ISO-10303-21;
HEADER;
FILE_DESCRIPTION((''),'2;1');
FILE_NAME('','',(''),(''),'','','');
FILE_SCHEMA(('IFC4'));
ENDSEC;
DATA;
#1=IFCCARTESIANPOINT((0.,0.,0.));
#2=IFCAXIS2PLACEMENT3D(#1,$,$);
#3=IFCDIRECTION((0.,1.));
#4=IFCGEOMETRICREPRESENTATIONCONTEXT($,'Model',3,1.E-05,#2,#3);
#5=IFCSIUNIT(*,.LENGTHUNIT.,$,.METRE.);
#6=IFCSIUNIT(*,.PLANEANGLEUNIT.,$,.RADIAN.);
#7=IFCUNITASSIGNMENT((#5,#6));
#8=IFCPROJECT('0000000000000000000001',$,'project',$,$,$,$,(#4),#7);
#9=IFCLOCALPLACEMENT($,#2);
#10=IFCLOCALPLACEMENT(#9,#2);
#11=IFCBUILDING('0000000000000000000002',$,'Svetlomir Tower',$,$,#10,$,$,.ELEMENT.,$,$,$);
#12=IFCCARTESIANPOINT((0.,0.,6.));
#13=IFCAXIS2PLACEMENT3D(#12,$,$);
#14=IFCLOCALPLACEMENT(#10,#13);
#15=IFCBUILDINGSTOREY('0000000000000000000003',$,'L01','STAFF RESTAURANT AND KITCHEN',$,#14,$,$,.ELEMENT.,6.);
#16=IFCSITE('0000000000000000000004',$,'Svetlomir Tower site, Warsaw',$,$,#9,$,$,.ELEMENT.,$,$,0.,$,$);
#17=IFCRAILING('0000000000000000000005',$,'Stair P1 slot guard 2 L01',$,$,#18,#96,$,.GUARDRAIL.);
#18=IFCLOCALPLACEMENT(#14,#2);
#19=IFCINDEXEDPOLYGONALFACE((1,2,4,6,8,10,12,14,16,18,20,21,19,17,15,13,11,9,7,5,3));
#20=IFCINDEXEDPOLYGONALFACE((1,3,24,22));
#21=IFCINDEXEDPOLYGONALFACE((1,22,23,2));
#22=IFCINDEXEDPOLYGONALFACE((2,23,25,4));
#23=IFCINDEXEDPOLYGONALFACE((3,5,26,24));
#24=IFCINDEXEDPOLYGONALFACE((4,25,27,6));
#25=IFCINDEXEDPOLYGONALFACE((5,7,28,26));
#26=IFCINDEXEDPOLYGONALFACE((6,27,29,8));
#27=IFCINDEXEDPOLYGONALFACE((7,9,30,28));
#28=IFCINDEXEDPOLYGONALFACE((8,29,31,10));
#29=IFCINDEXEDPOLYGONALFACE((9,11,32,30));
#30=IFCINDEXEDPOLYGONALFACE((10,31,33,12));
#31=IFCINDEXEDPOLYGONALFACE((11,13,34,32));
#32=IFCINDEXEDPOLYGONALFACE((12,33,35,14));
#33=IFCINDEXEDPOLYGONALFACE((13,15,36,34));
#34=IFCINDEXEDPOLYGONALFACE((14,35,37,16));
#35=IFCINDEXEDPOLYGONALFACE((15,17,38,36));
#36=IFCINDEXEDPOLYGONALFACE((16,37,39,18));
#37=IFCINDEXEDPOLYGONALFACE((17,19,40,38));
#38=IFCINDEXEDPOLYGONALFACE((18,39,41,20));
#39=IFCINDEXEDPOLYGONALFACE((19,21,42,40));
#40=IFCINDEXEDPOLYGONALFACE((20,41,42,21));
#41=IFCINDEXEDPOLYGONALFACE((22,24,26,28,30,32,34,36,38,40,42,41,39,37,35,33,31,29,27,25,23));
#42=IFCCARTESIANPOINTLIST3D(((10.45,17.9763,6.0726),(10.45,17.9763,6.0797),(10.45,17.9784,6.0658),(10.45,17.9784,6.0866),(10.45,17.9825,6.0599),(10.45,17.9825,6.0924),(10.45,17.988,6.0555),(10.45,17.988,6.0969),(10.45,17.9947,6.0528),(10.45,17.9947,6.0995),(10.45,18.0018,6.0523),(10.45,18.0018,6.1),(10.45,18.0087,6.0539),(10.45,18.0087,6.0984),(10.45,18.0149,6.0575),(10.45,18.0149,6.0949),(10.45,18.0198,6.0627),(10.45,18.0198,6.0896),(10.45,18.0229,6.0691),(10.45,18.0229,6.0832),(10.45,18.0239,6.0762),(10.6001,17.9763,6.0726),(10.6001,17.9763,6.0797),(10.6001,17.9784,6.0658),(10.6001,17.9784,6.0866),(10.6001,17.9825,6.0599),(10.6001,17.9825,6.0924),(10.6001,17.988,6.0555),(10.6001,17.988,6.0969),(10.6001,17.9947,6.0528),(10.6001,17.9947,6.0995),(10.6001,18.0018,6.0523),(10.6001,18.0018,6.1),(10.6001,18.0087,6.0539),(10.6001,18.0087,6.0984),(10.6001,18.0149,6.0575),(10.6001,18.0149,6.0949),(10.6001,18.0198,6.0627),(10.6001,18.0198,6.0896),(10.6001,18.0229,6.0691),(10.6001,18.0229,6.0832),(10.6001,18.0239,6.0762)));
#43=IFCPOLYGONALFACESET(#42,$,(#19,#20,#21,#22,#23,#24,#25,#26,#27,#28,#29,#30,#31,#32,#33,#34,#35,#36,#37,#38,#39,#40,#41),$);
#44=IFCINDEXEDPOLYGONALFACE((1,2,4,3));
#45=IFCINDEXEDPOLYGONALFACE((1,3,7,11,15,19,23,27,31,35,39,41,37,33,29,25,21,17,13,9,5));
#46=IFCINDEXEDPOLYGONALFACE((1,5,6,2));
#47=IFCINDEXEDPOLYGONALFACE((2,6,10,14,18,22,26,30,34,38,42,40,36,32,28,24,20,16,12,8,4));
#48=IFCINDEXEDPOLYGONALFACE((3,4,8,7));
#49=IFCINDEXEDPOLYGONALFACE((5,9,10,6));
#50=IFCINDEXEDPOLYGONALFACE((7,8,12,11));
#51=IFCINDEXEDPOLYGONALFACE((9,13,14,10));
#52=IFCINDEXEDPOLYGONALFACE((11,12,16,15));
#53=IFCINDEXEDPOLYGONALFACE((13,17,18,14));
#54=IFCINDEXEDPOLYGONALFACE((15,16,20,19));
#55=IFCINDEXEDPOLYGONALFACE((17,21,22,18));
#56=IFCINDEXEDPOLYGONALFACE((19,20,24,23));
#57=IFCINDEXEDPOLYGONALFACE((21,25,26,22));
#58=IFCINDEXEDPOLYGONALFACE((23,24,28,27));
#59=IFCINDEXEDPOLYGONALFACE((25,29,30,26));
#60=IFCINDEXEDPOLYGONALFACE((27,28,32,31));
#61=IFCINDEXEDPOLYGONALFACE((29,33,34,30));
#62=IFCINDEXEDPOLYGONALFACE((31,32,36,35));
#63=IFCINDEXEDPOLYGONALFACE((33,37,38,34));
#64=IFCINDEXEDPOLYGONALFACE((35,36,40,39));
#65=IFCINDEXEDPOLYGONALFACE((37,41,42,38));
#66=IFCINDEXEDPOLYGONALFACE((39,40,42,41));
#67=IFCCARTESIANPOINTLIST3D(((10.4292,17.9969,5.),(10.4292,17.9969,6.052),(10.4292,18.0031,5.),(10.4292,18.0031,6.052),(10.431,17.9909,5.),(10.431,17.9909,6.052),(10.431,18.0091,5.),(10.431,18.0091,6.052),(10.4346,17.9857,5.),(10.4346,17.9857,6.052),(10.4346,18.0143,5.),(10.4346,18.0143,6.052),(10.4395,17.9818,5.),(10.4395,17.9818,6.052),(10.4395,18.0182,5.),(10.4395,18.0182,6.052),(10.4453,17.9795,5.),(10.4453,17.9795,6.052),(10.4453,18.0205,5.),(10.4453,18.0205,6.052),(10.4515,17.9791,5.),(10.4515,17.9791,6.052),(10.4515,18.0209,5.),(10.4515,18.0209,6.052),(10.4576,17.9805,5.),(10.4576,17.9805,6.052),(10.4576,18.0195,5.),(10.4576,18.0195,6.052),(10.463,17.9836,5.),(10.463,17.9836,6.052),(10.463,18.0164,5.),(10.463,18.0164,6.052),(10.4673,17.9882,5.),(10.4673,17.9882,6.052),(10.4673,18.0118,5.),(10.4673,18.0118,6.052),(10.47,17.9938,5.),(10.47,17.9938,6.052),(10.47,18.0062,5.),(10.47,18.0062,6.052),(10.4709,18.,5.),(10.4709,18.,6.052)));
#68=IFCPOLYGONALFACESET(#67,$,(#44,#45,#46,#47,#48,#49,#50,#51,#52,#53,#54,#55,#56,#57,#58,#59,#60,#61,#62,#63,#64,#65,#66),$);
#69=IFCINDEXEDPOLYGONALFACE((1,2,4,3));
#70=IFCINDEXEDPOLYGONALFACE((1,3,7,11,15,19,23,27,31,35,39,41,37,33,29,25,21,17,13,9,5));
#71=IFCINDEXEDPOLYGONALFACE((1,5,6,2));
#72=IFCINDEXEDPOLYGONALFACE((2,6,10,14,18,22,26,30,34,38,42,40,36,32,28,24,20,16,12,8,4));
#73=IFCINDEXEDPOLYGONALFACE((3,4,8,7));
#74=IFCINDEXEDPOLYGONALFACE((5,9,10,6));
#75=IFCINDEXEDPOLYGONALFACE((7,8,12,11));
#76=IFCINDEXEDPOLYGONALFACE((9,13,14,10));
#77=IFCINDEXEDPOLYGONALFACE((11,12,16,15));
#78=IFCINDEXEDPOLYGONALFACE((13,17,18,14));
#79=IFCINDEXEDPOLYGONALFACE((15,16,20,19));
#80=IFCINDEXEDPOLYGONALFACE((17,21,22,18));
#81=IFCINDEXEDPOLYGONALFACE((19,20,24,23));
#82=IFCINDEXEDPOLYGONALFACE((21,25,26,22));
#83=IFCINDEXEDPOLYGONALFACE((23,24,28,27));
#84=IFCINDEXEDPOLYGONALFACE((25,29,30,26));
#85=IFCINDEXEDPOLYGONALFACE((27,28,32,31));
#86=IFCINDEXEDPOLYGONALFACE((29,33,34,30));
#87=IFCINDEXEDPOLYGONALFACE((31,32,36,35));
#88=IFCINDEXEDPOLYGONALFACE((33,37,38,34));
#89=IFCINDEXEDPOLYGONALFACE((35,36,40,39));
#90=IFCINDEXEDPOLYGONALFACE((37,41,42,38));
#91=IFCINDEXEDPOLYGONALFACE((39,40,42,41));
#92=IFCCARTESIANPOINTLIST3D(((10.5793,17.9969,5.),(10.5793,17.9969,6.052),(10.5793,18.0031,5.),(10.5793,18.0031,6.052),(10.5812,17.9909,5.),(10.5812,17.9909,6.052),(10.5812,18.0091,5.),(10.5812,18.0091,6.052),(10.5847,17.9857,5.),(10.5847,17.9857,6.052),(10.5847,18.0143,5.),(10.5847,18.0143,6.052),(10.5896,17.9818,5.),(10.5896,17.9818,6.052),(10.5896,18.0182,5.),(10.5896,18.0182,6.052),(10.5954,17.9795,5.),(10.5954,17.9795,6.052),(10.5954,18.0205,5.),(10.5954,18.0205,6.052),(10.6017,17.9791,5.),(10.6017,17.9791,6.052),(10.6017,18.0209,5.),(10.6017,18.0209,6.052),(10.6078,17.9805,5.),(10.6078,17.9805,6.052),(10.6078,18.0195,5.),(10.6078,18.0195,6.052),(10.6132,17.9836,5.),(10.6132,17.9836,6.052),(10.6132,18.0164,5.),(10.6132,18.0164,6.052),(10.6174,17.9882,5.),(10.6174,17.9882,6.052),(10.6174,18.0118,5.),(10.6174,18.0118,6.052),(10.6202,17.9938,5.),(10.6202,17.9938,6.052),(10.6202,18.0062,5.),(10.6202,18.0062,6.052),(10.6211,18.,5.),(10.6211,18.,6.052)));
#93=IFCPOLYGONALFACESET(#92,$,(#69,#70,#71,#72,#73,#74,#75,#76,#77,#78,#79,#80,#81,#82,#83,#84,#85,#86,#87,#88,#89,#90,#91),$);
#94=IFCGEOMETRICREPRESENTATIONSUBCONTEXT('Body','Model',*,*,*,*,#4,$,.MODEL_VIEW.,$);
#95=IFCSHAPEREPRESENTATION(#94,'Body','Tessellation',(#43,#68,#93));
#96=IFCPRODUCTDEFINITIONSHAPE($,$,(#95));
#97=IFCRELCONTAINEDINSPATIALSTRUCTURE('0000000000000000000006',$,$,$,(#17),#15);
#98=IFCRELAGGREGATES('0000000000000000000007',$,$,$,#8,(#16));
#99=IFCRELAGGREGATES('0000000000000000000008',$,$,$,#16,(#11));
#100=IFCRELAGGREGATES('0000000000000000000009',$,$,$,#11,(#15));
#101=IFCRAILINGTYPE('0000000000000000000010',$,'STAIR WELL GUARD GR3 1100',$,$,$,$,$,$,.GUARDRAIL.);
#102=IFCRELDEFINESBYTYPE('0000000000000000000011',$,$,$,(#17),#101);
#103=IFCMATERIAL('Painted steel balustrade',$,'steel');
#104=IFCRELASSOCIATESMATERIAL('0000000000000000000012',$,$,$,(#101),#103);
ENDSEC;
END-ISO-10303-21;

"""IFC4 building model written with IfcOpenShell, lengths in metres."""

from ifc_helpers import new_model, si_unit, direction, frame, origin, origin_2d, place, context, subcontext, project, spatial, circle, extrude, material, type_object, element, save


model = new_model("IFC4")

# Units and contexts
model_context = context("Model", 3, precision=1e-05, world=origin(), true_north=direction((0.0, 1.0)))
body_context = subcontext(model_context, "Body", "Model", "MODEL_VIEW")
ifc_project = project(units=[si_unit("LENGTHUNIT", "METRE"), si_unit("PLANEANGLEUNIT", "RADIAN")], contexts=[model_context])

# Site, building, storey
site_placement = place(None, origin())
site = spatial("IfcSite", under=ifc_project, at=site_placement, Name="Svetlomir Tower site, Warsaw", CompositionType="ELEMENT", RefElevation=0.0)
building_placement = place(site_placement, origin())
building = spatial("IfcBuilding", under=site, at=building_placement, Name="Svetlomir Tower", CompositionType="ELEMENT")
storey_placement = place(building_placement, frame((0.0, 0.0, 6.0)))
storey = spatial("IfcBuildingStorey", under=building, at=storey_placement, Name="L01", Description="STAFF RESTAURANT AND KITCHEN", CompositionType="ELEMENT", Elevation=6.0)

# Railing
ifc_material_1 = material(Name="Painted steel balustrade", Category="steel")
railing_type_1 = type_object("IfcRailingType", Name="STAIR WELL GUARD GR3 1100", PredefinedType="GUARDRAIL", material=ifc_material_1)
railing_1_placement = place(storey_placement, frame((10.45, 18.0, 5.0)))
element("IfcRailing", 1, at=railing_1_placement, inside=storey, type_object=railing_type_1, Name="Stair P1 slot guard 2 L01", PredefinedType="GUARDRAIL", context=body_context, shape_type="SweptSolid", body=[
    extrude(circle(Radius=0.0239, at=origin_2d()), frame((0.0, 0.0, 1.0762), z_axis=(1.0, 0.0, 0.0), x_axis=(0.0, 1.0, 0.0)), (0.0, 0.0, 1.0), 0.1501),
    extrude(circle(Radius=0.021, at=origin_2d()), origin(), (0.0, 0.0, 1.0), 1.052),
    extrude(circle(Radius=0.021, at=origin_2d()), frame((0.1501, 0.0, 0.0)), (0.0, 0.0, 1.0), 1.052),
])

save(model, "model.ifc")
